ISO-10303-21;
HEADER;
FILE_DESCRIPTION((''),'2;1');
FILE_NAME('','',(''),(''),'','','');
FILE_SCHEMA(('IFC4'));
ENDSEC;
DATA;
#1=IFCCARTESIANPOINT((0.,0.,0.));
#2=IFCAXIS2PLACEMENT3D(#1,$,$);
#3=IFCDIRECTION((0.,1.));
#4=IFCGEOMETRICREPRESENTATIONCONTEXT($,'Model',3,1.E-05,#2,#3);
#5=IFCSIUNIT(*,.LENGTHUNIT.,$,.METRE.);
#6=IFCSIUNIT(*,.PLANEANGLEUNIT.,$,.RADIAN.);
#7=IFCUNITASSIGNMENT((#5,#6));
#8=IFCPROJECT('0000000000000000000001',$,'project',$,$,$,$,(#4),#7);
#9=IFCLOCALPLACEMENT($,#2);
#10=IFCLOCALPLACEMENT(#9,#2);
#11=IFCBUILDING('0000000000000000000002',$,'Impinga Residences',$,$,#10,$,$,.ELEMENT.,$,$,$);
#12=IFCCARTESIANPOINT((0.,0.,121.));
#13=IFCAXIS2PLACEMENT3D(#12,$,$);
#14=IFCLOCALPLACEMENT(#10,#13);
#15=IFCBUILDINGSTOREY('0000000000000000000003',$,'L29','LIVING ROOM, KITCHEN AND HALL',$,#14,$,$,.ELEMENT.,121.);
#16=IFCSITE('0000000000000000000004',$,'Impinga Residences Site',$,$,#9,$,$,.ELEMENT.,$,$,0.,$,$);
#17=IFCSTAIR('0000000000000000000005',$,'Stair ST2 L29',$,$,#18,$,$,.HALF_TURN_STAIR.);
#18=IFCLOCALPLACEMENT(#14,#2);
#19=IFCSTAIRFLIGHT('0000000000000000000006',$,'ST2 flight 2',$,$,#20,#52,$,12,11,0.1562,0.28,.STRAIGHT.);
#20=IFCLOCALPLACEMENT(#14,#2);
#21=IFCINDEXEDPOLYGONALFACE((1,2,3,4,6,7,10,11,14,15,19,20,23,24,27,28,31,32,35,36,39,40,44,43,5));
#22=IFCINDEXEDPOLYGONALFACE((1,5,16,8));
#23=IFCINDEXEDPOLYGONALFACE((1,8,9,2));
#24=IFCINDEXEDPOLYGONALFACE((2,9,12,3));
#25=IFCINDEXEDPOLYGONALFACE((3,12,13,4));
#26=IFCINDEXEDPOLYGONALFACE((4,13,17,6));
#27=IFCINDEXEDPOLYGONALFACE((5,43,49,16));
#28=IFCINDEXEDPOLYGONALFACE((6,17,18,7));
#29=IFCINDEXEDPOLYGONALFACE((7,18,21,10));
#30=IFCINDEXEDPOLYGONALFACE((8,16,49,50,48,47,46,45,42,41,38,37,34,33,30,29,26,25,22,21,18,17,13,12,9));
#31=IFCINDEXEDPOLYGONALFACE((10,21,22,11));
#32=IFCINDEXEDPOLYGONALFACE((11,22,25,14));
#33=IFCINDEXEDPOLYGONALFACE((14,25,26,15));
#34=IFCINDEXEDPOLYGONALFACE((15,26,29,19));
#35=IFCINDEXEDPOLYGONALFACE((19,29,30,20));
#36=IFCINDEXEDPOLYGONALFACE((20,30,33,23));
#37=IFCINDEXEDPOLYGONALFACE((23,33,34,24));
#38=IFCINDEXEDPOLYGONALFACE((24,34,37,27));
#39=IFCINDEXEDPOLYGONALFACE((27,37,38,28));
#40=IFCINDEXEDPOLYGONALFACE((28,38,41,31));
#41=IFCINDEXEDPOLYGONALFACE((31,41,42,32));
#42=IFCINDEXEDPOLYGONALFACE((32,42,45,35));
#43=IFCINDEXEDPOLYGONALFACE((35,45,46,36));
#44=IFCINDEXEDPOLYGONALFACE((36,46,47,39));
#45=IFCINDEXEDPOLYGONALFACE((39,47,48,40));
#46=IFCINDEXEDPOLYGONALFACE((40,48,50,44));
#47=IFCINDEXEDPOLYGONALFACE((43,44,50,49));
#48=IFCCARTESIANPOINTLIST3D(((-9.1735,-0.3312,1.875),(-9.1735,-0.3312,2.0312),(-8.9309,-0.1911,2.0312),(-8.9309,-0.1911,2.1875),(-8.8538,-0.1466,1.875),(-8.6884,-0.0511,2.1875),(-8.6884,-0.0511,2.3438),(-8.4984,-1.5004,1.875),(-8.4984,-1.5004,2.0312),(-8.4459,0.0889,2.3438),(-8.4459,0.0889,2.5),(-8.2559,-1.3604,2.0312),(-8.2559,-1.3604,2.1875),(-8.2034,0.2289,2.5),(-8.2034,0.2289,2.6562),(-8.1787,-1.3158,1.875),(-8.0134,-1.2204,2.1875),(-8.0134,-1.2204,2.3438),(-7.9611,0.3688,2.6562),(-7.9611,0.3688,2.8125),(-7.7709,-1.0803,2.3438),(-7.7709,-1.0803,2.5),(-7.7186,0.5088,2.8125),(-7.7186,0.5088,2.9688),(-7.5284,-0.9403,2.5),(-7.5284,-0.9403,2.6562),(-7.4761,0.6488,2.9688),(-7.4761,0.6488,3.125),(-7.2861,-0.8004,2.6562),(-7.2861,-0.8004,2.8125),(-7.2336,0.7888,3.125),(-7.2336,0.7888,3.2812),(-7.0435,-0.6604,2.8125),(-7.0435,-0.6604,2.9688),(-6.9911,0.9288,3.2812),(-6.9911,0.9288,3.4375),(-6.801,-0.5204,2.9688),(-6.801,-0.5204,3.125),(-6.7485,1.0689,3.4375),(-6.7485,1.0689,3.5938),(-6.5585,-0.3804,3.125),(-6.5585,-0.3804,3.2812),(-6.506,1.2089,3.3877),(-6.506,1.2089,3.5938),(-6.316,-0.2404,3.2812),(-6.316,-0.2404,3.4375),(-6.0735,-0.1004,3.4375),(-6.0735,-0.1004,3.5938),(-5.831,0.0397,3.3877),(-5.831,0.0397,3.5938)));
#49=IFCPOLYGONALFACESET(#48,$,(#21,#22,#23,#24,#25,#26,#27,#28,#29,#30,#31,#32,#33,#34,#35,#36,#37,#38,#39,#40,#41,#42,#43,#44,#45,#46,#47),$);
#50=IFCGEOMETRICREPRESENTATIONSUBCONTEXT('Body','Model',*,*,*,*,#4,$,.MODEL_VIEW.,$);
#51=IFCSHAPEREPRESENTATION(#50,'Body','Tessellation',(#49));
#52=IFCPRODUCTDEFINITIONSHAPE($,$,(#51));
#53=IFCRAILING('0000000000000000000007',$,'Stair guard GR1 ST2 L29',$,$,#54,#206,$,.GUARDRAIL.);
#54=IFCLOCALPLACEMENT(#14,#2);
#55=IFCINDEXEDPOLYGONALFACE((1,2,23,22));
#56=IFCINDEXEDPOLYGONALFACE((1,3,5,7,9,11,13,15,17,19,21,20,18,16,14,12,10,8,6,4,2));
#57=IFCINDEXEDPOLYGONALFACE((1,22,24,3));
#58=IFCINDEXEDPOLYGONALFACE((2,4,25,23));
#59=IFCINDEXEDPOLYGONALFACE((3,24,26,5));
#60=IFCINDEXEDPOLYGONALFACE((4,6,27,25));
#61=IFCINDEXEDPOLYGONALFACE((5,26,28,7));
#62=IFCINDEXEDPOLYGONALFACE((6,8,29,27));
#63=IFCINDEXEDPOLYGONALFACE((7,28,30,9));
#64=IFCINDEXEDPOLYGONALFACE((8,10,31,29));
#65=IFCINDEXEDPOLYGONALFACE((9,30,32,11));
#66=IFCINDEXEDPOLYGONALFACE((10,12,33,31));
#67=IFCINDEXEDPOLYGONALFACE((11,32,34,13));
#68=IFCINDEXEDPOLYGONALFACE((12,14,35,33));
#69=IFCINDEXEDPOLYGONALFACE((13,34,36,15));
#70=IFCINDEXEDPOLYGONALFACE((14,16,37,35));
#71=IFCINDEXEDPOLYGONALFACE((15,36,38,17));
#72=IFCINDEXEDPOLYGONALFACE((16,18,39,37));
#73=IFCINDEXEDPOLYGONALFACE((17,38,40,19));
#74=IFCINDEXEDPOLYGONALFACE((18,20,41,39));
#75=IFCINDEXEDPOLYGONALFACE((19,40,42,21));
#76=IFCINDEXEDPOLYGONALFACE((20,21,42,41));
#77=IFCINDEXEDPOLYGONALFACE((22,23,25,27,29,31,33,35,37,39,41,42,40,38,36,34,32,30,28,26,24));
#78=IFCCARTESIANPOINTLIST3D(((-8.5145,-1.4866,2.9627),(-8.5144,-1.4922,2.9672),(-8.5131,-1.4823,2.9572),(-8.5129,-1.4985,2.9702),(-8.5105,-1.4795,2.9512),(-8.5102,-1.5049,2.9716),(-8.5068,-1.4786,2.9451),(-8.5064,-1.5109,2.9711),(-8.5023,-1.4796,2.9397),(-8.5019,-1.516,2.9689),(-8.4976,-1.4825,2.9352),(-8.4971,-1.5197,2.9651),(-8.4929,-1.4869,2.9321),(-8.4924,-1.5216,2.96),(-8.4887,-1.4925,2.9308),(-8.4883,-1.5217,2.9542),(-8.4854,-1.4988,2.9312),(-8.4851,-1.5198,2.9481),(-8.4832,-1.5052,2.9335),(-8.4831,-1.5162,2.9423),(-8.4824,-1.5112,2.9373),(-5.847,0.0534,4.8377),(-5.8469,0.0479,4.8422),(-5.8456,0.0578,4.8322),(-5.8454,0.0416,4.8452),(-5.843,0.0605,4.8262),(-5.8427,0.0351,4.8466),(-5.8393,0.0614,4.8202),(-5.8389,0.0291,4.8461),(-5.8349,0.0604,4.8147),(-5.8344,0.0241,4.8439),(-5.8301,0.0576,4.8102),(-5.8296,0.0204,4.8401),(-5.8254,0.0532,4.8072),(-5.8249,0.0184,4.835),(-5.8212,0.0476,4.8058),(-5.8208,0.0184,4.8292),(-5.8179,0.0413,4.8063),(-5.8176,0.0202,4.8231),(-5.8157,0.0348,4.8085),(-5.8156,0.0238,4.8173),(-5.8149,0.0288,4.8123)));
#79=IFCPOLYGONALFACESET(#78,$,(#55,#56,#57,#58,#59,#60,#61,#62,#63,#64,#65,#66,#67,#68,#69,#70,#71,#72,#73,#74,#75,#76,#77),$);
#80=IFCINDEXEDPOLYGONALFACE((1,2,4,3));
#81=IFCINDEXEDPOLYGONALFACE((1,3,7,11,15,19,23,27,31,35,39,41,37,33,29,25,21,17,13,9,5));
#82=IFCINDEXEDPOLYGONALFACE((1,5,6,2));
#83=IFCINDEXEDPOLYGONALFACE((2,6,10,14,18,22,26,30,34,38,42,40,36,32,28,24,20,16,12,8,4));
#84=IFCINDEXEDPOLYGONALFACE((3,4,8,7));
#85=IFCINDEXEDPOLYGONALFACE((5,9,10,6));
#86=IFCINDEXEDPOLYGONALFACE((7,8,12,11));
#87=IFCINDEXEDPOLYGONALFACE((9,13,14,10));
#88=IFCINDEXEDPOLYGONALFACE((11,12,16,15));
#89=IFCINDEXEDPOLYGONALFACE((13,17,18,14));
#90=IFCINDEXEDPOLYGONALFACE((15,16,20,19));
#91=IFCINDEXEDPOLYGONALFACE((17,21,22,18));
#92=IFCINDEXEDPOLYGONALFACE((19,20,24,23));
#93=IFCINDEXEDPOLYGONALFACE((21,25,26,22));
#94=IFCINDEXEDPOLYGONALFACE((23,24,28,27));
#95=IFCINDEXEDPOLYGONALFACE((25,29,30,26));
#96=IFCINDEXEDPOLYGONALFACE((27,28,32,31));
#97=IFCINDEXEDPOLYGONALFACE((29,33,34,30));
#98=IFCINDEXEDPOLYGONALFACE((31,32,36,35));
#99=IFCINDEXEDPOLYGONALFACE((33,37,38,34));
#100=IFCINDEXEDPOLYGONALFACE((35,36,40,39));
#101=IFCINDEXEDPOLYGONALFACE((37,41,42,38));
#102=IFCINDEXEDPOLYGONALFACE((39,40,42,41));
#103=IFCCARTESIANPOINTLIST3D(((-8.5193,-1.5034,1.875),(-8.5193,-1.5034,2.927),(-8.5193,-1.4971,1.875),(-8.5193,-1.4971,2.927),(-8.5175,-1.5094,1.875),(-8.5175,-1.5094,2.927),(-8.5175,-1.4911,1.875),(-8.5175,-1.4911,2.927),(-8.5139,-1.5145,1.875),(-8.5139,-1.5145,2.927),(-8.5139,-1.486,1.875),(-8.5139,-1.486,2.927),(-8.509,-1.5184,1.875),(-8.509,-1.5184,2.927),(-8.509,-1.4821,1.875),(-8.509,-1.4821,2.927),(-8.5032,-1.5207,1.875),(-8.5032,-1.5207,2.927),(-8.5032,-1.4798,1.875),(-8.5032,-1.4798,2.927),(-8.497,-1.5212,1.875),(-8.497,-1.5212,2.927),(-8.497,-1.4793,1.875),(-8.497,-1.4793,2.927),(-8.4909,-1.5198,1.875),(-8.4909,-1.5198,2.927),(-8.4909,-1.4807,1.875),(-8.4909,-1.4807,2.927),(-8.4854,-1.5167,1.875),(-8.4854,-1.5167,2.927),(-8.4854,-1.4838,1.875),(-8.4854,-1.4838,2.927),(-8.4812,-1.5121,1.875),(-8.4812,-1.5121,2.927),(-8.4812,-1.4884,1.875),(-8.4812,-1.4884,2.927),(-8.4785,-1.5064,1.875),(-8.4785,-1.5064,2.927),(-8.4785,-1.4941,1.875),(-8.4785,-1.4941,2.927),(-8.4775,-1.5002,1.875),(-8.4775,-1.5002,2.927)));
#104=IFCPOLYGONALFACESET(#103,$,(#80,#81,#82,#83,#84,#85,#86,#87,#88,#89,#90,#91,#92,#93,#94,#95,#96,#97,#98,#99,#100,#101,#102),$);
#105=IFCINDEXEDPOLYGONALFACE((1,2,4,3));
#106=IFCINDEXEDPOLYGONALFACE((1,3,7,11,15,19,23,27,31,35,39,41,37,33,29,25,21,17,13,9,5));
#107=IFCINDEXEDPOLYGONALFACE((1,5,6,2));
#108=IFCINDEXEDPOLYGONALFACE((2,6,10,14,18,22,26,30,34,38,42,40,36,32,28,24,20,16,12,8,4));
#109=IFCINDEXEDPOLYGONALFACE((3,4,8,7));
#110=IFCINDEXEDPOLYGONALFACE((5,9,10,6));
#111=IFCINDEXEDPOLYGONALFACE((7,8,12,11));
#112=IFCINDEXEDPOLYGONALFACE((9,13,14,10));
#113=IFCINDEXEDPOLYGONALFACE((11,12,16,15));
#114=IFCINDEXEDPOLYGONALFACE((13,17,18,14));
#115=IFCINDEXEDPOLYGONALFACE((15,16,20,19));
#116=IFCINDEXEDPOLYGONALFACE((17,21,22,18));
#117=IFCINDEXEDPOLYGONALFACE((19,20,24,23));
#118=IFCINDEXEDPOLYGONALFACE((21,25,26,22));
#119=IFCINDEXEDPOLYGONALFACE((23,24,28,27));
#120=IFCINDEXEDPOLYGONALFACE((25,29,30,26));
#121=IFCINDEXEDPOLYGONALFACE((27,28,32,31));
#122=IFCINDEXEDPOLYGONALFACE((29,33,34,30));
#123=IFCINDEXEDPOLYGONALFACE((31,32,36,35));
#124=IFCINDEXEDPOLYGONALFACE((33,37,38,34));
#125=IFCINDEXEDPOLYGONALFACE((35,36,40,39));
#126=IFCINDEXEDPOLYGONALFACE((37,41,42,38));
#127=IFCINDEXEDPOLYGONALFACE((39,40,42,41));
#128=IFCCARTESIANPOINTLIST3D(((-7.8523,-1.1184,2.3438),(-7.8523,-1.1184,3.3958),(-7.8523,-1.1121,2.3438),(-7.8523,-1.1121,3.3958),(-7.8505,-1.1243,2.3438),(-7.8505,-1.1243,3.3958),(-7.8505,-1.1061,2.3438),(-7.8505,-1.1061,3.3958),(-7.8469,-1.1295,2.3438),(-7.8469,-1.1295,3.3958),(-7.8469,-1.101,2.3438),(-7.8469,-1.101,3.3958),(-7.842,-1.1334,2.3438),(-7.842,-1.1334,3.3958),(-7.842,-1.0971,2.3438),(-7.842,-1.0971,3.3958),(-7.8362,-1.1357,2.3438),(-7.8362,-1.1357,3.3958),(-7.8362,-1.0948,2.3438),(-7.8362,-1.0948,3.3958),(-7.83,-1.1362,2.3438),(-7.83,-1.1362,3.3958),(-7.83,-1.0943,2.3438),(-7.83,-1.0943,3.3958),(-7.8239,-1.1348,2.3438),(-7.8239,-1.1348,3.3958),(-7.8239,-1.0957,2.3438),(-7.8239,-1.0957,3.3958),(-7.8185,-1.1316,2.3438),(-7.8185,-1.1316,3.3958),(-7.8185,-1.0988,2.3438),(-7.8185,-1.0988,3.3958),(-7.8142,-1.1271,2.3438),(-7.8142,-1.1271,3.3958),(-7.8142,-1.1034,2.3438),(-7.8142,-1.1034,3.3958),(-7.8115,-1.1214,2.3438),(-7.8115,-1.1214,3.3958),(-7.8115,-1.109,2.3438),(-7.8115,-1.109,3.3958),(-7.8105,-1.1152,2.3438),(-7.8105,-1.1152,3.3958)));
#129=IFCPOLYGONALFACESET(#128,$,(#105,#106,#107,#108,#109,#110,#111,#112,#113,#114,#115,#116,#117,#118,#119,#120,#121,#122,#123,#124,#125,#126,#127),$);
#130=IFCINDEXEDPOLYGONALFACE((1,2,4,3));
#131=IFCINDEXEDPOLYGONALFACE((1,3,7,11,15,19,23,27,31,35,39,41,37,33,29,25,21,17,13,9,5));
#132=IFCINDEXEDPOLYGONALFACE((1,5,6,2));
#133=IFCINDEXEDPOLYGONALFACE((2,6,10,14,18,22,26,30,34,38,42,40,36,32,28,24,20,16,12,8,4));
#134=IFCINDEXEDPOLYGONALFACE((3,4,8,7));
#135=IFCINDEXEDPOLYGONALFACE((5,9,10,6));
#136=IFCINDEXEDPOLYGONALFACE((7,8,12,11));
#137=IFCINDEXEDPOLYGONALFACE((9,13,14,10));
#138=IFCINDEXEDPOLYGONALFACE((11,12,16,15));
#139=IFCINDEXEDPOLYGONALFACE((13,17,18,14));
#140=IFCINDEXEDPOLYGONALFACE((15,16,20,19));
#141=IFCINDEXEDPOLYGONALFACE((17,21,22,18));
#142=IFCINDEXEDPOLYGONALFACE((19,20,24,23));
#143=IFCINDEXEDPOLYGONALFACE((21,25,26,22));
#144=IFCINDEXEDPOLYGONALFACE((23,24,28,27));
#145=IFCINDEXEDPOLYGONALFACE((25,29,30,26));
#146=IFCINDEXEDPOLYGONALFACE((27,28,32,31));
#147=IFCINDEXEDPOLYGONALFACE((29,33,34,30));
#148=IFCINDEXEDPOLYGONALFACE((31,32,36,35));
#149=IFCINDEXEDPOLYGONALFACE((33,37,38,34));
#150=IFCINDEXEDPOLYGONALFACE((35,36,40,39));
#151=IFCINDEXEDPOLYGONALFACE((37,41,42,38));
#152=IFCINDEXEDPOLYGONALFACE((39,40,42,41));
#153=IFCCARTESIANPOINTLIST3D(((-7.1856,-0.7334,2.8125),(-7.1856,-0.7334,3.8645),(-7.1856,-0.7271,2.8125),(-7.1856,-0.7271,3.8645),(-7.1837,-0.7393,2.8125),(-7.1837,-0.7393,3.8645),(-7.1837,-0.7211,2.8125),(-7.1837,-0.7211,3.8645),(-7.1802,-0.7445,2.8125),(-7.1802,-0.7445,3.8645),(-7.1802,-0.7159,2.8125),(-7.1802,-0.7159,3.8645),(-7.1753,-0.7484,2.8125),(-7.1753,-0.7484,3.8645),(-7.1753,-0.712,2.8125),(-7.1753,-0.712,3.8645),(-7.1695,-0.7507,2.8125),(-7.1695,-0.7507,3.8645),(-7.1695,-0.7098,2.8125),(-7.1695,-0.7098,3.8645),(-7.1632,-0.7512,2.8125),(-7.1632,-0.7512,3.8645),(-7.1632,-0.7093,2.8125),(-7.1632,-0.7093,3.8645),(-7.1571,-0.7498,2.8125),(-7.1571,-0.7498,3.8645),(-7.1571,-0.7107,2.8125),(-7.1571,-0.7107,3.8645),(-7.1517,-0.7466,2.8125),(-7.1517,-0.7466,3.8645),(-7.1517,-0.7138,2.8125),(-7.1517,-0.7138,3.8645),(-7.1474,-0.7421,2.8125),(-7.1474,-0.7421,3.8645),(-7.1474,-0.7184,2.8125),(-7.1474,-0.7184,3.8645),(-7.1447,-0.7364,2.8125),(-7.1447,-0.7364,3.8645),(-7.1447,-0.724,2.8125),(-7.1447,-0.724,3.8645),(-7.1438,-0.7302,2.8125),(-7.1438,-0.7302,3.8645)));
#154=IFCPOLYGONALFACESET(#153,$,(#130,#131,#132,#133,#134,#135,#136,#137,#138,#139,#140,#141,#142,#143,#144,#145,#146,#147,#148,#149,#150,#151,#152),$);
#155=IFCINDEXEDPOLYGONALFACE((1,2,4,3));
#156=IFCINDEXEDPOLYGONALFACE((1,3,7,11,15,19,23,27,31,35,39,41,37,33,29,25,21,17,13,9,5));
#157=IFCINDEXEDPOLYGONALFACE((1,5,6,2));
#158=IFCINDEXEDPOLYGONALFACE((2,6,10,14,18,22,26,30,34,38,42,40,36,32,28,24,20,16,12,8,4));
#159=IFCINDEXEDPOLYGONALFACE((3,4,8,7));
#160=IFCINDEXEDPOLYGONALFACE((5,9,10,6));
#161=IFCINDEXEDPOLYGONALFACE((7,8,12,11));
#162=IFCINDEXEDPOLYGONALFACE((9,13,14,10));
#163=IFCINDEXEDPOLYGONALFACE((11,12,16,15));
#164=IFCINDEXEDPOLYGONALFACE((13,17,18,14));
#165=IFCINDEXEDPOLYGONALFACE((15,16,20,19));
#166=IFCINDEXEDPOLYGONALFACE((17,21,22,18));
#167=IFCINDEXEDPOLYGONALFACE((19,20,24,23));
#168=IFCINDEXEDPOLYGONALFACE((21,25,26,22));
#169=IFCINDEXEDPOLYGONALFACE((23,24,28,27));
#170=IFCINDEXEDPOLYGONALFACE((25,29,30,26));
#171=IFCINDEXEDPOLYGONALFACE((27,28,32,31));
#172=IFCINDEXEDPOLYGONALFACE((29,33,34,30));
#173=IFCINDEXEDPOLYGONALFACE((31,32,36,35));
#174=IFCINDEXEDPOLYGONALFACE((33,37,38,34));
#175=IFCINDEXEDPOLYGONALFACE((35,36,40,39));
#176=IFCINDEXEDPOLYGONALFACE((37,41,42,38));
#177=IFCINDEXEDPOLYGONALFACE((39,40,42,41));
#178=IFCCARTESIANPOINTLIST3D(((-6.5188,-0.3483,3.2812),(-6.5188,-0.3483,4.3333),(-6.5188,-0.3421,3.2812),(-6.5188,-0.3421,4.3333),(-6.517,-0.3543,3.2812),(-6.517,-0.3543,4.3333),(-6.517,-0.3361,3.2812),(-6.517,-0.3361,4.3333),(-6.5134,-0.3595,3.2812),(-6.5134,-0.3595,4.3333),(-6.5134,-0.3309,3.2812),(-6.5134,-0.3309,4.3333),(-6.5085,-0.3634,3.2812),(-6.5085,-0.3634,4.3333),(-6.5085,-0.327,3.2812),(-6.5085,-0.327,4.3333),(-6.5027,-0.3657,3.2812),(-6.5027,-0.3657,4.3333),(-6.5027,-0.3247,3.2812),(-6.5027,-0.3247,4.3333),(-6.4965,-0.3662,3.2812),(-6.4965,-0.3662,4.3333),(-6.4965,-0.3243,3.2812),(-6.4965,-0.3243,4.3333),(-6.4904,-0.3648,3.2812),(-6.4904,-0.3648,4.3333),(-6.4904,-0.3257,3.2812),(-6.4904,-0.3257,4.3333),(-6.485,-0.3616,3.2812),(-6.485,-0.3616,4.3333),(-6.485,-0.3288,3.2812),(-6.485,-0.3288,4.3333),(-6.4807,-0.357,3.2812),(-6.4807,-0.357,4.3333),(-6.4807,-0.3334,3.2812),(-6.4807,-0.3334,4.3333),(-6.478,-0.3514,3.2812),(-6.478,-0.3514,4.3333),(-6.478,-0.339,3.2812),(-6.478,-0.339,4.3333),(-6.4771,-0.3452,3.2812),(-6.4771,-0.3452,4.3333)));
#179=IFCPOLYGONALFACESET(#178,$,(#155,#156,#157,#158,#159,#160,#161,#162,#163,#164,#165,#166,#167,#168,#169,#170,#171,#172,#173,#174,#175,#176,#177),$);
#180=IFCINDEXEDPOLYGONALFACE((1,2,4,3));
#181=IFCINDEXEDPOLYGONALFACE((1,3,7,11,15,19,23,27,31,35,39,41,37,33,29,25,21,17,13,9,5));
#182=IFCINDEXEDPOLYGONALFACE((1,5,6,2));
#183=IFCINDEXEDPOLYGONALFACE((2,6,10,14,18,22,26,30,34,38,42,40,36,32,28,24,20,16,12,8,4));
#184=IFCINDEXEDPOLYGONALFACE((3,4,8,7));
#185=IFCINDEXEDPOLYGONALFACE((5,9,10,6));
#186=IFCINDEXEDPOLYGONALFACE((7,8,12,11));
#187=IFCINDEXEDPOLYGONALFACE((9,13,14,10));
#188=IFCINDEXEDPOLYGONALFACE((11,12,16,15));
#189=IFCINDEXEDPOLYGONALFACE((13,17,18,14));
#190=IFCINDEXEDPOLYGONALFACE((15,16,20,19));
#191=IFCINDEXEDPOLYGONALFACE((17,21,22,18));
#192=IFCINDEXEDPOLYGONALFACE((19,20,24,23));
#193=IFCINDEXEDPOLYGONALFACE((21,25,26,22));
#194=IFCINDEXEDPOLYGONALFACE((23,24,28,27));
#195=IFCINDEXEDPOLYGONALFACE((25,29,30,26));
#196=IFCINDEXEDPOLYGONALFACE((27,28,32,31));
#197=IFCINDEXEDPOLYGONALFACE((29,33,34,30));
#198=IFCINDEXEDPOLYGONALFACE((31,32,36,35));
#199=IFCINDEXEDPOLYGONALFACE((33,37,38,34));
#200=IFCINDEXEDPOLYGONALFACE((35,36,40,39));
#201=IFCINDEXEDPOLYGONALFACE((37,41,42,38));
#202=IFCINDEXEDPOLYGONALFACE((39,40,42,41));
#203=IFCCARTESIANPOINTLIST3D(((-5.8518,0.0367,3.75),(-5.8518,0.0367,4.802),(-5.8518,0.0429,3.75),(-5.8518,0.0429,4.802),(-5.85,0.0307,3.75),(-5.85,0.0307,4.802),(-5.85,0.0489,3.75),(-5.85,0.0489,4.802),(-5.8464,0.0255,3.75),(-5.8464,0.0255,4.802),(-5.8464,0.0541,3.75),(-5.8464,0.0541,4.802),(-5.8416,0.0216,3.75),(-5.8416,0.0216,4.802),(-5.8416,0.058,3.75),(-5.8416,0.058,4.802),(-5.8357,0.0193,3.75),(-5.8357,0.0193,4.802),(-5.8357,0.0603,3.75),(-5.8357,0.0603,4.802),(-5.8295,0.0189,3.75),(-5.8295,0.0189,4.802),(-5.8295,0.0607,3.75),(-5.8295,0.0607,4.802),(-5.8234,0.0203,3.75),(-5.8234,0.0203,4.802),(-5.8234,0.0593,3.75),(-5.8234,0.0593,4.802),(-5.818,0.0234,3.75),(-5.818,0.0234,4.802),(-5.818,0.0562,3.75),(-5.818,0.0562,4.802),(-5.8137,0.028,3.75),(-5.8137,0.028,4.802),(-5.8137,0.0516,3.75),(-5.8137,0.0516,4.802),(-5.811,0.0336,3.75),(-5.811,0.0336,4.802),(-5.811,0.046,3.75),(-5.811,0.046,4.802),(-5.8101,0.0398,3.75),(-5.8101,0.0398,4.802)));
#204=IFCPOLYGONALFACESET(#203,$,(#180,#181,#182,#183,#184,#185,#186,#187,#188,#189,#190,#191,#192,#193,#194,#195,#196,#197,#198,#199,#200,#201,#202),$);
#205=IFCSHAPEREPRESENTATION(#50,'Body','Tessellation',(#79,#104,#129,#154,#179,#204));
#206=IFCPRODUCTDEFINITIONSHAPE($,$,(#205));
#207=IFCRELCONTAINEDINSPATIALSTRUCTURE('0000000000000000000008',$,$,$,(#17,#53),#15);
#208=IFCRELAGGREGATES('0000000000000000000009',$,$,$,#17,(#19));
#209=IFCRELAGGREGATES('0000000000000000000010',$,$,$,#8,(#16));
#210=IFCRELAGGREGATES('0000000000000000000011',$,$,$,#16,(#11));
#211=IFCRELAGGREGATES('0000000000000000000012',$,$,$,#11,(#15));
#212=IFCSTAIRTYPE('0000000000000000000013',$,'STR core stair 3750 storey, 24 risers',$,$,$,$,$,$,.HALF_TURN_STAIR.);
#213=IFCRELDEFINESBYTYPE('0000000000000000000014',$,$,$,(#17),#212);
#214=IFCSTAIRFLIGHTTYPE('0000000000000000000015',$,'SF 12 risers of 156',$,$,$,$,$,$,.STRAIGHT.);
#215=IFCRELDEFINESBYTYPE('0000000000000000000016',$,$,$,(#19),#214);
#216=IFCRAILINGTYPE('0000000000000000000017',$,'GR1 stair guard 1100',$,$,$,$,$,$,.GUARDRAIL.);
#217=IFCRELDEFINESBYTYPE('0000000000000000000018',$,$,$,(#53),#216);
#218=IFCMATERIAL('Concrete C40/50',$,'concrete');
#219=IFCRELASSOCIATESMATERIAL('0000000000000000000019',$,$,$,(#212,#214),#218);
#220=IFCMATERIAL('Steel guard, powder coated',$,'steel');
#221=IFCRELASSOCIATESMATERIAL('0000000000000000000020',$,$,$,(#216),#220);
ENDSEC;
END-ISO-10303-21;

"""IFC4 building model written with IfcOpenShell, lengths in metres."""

from ifc_helpers import new_model, si_unit, direction, frame, origin, origin_2d, place, context, subcontext, project, spatial, polyline, circle, outline, extrude, material, type_object, element, aggregate, save


model = new_model("IFC4")

# Units and contexts
model_context = context("Model", 3, precision=1e-05, world=origin(), true_north=direction((0.0, 1.0)))
body_context = subcontext(model_context, "Body", "Model", "MODEL_VIEW")
ifc_project = project(units=[si_unit("LENGTHUNIT", "METRE"), si_unit("PLANEANGLEUNIT", "RADIAN")], contexts=[model_context])

# Site, building, storey
site_placement = place(None, origin())
site = spatial("IfcSite", under=ifc_project, at=site_placement, Name="Impinga Residences Site", CompositionType="ELEMENT", RefElevation=0.0)
building_placement = place(site_placement, origin())
building = spatial("IfcBuilding", under=site, at=building_placement, Name="Impinga Residences", CompositionType="ELEMENT")
storey_placement = place(building_placement, frame((0.0, 0.0, 121.0)))
storey = spatial("IfcBuildingStorey", under=building, at=storey_placement, Name="L29", Description="LIVING ROOM, KITCHEN AND HALL", CompositionType="ELEMENT", Elevation=121.0)

# Stair, stair flight
ifc_material_1 = material(Name="Concrete C40/50", Category="concrete")
stair_type = type_object("IfcStairType", Name="STR core stair 3750 storey, 24 risers", PredefinedType="HALF_TURN_STAIR", material=ifc_material_1)
stair_placement = place(storey_placement, origin())
stair = element("IfcStair", 1, at=stair_placement, inside=storey, type_object=stair_type, Name="Stair ST2 L29", PredefinedType="HALF_TURN_STAIR")
stair_flight_type = type_object("IfcStairFlightType", Name="SF 12 risers of 156", PredefinedType="STRAIGHT", material=ifc_material_1)
stair_flight_placement = place(storey_placement, frame((-8.8359, -0.9158, 1.875), z_axis=(0.0, 0.0, 1.0), x_axis=(0.866025, 0.5, 0.0)))
stair_flight = element("IfcStairFlight", 2, at=stair_flight_placement, type_object=stair_flight_type, Name="ST2 flight 2", NumberOfRisers=12, NumberOfTreads=11, PredefinedType="STRAIGHT", RiserHeight=0.1562, TreadLength=0.28, context=body_context, shape_type="SweptSolid", body=[
    extrude(outline(polyline([(0.0, 0.0), (0.0, 0.1562), (0.28, 0.1562), (0.28, 0.3125), (0.5601, 0.3125), (0.5601, 0.4688), (0.8401, 0.4688), (0.8401, 0.625), (1.1201, 0.625), (1.1201, 0.7812), (1.3999, 0.7812), (1.3999, 0.9375), (1.6799, 0.9375), (1.6799, 1.0938), (1.96, 1.0938), (1.96, 1.25), (2.24, 1.25), (2.24, 1.4062), (2.52, 1.4062), (2.52, 1.5625), (2.8, 1.5625), (2.8, 1.7188), (3.0801, 1.7188), (3.0801, 1.875), (3.0801, 1.5127), (0.3691, 0.0), (0.0, 0.0)])), frame((0.0, 0.675, 0.0), z_axis=(0.0, -1.0, 0.0), x_axis=(1.0, 0.0, 0.0)), (0.0, 0.0, 1.0), 1.3501),
])
aggregate(stair, [stair_flight])

# Railing
ifc_material_2 = material(Name="Steel guard, powder coated", Category="steel")
railing_type_1 = type_object("IfcRailingType", Name="GR1 stair guard 1100", PredefinedType="GUARDRAIL", material=ifc_material_2)
railing_1_placement = place(storey_placement, frame((-8.4985, -1.5002, 1.875)))
element("IfcRailing", 3, at=railing_1_placement, inside=storey, type_object=railing_type_1, Name="Stair guard GR1 ST2 L29", PredefinedType="GUARDRAIL", context=body_context, shape_type="SweptSolid", body=[
    extrude(circle(Radius=0.0239, at=origin_2d()), frame((0.0, 0.0, 1.0762), z_axis=(0.739746, 0.427084, 0.519975), x_axis=(-0.499992, 0.86603, 0.0)), (0.0, 0.0, 1.0), 3.606),
    extrude(circle(Radius=0.021, at=origin_2d()), origin(), (0.0, 0.0, 1.0), 1.052),
    extrude(circle(Radius=0.021, at=origin_2d()), frame((0.667, 0.385, 0.4688)), (0.0, 0.0, 1.0), 1.052),
    extrude(circle(Radius=0.021, at=origin_2d()), frame((1.3337, 0.77, 0.9375)), (0.0, 0.0, 1.0), 1.052),
    extrude(circle(Radius=0.021, at=origin_2d()), frame((2.0005, 1.155, 1.4062)), (0.0, 0.0, 1.0), 1.052),
    extrude(circle(Radius=0.021, at=origin_2d()), frame((2.6675, 1.54, 1.875)), (0.0, 0.0, 1.0), 1.052),
])

save(model, "model.ifc")
